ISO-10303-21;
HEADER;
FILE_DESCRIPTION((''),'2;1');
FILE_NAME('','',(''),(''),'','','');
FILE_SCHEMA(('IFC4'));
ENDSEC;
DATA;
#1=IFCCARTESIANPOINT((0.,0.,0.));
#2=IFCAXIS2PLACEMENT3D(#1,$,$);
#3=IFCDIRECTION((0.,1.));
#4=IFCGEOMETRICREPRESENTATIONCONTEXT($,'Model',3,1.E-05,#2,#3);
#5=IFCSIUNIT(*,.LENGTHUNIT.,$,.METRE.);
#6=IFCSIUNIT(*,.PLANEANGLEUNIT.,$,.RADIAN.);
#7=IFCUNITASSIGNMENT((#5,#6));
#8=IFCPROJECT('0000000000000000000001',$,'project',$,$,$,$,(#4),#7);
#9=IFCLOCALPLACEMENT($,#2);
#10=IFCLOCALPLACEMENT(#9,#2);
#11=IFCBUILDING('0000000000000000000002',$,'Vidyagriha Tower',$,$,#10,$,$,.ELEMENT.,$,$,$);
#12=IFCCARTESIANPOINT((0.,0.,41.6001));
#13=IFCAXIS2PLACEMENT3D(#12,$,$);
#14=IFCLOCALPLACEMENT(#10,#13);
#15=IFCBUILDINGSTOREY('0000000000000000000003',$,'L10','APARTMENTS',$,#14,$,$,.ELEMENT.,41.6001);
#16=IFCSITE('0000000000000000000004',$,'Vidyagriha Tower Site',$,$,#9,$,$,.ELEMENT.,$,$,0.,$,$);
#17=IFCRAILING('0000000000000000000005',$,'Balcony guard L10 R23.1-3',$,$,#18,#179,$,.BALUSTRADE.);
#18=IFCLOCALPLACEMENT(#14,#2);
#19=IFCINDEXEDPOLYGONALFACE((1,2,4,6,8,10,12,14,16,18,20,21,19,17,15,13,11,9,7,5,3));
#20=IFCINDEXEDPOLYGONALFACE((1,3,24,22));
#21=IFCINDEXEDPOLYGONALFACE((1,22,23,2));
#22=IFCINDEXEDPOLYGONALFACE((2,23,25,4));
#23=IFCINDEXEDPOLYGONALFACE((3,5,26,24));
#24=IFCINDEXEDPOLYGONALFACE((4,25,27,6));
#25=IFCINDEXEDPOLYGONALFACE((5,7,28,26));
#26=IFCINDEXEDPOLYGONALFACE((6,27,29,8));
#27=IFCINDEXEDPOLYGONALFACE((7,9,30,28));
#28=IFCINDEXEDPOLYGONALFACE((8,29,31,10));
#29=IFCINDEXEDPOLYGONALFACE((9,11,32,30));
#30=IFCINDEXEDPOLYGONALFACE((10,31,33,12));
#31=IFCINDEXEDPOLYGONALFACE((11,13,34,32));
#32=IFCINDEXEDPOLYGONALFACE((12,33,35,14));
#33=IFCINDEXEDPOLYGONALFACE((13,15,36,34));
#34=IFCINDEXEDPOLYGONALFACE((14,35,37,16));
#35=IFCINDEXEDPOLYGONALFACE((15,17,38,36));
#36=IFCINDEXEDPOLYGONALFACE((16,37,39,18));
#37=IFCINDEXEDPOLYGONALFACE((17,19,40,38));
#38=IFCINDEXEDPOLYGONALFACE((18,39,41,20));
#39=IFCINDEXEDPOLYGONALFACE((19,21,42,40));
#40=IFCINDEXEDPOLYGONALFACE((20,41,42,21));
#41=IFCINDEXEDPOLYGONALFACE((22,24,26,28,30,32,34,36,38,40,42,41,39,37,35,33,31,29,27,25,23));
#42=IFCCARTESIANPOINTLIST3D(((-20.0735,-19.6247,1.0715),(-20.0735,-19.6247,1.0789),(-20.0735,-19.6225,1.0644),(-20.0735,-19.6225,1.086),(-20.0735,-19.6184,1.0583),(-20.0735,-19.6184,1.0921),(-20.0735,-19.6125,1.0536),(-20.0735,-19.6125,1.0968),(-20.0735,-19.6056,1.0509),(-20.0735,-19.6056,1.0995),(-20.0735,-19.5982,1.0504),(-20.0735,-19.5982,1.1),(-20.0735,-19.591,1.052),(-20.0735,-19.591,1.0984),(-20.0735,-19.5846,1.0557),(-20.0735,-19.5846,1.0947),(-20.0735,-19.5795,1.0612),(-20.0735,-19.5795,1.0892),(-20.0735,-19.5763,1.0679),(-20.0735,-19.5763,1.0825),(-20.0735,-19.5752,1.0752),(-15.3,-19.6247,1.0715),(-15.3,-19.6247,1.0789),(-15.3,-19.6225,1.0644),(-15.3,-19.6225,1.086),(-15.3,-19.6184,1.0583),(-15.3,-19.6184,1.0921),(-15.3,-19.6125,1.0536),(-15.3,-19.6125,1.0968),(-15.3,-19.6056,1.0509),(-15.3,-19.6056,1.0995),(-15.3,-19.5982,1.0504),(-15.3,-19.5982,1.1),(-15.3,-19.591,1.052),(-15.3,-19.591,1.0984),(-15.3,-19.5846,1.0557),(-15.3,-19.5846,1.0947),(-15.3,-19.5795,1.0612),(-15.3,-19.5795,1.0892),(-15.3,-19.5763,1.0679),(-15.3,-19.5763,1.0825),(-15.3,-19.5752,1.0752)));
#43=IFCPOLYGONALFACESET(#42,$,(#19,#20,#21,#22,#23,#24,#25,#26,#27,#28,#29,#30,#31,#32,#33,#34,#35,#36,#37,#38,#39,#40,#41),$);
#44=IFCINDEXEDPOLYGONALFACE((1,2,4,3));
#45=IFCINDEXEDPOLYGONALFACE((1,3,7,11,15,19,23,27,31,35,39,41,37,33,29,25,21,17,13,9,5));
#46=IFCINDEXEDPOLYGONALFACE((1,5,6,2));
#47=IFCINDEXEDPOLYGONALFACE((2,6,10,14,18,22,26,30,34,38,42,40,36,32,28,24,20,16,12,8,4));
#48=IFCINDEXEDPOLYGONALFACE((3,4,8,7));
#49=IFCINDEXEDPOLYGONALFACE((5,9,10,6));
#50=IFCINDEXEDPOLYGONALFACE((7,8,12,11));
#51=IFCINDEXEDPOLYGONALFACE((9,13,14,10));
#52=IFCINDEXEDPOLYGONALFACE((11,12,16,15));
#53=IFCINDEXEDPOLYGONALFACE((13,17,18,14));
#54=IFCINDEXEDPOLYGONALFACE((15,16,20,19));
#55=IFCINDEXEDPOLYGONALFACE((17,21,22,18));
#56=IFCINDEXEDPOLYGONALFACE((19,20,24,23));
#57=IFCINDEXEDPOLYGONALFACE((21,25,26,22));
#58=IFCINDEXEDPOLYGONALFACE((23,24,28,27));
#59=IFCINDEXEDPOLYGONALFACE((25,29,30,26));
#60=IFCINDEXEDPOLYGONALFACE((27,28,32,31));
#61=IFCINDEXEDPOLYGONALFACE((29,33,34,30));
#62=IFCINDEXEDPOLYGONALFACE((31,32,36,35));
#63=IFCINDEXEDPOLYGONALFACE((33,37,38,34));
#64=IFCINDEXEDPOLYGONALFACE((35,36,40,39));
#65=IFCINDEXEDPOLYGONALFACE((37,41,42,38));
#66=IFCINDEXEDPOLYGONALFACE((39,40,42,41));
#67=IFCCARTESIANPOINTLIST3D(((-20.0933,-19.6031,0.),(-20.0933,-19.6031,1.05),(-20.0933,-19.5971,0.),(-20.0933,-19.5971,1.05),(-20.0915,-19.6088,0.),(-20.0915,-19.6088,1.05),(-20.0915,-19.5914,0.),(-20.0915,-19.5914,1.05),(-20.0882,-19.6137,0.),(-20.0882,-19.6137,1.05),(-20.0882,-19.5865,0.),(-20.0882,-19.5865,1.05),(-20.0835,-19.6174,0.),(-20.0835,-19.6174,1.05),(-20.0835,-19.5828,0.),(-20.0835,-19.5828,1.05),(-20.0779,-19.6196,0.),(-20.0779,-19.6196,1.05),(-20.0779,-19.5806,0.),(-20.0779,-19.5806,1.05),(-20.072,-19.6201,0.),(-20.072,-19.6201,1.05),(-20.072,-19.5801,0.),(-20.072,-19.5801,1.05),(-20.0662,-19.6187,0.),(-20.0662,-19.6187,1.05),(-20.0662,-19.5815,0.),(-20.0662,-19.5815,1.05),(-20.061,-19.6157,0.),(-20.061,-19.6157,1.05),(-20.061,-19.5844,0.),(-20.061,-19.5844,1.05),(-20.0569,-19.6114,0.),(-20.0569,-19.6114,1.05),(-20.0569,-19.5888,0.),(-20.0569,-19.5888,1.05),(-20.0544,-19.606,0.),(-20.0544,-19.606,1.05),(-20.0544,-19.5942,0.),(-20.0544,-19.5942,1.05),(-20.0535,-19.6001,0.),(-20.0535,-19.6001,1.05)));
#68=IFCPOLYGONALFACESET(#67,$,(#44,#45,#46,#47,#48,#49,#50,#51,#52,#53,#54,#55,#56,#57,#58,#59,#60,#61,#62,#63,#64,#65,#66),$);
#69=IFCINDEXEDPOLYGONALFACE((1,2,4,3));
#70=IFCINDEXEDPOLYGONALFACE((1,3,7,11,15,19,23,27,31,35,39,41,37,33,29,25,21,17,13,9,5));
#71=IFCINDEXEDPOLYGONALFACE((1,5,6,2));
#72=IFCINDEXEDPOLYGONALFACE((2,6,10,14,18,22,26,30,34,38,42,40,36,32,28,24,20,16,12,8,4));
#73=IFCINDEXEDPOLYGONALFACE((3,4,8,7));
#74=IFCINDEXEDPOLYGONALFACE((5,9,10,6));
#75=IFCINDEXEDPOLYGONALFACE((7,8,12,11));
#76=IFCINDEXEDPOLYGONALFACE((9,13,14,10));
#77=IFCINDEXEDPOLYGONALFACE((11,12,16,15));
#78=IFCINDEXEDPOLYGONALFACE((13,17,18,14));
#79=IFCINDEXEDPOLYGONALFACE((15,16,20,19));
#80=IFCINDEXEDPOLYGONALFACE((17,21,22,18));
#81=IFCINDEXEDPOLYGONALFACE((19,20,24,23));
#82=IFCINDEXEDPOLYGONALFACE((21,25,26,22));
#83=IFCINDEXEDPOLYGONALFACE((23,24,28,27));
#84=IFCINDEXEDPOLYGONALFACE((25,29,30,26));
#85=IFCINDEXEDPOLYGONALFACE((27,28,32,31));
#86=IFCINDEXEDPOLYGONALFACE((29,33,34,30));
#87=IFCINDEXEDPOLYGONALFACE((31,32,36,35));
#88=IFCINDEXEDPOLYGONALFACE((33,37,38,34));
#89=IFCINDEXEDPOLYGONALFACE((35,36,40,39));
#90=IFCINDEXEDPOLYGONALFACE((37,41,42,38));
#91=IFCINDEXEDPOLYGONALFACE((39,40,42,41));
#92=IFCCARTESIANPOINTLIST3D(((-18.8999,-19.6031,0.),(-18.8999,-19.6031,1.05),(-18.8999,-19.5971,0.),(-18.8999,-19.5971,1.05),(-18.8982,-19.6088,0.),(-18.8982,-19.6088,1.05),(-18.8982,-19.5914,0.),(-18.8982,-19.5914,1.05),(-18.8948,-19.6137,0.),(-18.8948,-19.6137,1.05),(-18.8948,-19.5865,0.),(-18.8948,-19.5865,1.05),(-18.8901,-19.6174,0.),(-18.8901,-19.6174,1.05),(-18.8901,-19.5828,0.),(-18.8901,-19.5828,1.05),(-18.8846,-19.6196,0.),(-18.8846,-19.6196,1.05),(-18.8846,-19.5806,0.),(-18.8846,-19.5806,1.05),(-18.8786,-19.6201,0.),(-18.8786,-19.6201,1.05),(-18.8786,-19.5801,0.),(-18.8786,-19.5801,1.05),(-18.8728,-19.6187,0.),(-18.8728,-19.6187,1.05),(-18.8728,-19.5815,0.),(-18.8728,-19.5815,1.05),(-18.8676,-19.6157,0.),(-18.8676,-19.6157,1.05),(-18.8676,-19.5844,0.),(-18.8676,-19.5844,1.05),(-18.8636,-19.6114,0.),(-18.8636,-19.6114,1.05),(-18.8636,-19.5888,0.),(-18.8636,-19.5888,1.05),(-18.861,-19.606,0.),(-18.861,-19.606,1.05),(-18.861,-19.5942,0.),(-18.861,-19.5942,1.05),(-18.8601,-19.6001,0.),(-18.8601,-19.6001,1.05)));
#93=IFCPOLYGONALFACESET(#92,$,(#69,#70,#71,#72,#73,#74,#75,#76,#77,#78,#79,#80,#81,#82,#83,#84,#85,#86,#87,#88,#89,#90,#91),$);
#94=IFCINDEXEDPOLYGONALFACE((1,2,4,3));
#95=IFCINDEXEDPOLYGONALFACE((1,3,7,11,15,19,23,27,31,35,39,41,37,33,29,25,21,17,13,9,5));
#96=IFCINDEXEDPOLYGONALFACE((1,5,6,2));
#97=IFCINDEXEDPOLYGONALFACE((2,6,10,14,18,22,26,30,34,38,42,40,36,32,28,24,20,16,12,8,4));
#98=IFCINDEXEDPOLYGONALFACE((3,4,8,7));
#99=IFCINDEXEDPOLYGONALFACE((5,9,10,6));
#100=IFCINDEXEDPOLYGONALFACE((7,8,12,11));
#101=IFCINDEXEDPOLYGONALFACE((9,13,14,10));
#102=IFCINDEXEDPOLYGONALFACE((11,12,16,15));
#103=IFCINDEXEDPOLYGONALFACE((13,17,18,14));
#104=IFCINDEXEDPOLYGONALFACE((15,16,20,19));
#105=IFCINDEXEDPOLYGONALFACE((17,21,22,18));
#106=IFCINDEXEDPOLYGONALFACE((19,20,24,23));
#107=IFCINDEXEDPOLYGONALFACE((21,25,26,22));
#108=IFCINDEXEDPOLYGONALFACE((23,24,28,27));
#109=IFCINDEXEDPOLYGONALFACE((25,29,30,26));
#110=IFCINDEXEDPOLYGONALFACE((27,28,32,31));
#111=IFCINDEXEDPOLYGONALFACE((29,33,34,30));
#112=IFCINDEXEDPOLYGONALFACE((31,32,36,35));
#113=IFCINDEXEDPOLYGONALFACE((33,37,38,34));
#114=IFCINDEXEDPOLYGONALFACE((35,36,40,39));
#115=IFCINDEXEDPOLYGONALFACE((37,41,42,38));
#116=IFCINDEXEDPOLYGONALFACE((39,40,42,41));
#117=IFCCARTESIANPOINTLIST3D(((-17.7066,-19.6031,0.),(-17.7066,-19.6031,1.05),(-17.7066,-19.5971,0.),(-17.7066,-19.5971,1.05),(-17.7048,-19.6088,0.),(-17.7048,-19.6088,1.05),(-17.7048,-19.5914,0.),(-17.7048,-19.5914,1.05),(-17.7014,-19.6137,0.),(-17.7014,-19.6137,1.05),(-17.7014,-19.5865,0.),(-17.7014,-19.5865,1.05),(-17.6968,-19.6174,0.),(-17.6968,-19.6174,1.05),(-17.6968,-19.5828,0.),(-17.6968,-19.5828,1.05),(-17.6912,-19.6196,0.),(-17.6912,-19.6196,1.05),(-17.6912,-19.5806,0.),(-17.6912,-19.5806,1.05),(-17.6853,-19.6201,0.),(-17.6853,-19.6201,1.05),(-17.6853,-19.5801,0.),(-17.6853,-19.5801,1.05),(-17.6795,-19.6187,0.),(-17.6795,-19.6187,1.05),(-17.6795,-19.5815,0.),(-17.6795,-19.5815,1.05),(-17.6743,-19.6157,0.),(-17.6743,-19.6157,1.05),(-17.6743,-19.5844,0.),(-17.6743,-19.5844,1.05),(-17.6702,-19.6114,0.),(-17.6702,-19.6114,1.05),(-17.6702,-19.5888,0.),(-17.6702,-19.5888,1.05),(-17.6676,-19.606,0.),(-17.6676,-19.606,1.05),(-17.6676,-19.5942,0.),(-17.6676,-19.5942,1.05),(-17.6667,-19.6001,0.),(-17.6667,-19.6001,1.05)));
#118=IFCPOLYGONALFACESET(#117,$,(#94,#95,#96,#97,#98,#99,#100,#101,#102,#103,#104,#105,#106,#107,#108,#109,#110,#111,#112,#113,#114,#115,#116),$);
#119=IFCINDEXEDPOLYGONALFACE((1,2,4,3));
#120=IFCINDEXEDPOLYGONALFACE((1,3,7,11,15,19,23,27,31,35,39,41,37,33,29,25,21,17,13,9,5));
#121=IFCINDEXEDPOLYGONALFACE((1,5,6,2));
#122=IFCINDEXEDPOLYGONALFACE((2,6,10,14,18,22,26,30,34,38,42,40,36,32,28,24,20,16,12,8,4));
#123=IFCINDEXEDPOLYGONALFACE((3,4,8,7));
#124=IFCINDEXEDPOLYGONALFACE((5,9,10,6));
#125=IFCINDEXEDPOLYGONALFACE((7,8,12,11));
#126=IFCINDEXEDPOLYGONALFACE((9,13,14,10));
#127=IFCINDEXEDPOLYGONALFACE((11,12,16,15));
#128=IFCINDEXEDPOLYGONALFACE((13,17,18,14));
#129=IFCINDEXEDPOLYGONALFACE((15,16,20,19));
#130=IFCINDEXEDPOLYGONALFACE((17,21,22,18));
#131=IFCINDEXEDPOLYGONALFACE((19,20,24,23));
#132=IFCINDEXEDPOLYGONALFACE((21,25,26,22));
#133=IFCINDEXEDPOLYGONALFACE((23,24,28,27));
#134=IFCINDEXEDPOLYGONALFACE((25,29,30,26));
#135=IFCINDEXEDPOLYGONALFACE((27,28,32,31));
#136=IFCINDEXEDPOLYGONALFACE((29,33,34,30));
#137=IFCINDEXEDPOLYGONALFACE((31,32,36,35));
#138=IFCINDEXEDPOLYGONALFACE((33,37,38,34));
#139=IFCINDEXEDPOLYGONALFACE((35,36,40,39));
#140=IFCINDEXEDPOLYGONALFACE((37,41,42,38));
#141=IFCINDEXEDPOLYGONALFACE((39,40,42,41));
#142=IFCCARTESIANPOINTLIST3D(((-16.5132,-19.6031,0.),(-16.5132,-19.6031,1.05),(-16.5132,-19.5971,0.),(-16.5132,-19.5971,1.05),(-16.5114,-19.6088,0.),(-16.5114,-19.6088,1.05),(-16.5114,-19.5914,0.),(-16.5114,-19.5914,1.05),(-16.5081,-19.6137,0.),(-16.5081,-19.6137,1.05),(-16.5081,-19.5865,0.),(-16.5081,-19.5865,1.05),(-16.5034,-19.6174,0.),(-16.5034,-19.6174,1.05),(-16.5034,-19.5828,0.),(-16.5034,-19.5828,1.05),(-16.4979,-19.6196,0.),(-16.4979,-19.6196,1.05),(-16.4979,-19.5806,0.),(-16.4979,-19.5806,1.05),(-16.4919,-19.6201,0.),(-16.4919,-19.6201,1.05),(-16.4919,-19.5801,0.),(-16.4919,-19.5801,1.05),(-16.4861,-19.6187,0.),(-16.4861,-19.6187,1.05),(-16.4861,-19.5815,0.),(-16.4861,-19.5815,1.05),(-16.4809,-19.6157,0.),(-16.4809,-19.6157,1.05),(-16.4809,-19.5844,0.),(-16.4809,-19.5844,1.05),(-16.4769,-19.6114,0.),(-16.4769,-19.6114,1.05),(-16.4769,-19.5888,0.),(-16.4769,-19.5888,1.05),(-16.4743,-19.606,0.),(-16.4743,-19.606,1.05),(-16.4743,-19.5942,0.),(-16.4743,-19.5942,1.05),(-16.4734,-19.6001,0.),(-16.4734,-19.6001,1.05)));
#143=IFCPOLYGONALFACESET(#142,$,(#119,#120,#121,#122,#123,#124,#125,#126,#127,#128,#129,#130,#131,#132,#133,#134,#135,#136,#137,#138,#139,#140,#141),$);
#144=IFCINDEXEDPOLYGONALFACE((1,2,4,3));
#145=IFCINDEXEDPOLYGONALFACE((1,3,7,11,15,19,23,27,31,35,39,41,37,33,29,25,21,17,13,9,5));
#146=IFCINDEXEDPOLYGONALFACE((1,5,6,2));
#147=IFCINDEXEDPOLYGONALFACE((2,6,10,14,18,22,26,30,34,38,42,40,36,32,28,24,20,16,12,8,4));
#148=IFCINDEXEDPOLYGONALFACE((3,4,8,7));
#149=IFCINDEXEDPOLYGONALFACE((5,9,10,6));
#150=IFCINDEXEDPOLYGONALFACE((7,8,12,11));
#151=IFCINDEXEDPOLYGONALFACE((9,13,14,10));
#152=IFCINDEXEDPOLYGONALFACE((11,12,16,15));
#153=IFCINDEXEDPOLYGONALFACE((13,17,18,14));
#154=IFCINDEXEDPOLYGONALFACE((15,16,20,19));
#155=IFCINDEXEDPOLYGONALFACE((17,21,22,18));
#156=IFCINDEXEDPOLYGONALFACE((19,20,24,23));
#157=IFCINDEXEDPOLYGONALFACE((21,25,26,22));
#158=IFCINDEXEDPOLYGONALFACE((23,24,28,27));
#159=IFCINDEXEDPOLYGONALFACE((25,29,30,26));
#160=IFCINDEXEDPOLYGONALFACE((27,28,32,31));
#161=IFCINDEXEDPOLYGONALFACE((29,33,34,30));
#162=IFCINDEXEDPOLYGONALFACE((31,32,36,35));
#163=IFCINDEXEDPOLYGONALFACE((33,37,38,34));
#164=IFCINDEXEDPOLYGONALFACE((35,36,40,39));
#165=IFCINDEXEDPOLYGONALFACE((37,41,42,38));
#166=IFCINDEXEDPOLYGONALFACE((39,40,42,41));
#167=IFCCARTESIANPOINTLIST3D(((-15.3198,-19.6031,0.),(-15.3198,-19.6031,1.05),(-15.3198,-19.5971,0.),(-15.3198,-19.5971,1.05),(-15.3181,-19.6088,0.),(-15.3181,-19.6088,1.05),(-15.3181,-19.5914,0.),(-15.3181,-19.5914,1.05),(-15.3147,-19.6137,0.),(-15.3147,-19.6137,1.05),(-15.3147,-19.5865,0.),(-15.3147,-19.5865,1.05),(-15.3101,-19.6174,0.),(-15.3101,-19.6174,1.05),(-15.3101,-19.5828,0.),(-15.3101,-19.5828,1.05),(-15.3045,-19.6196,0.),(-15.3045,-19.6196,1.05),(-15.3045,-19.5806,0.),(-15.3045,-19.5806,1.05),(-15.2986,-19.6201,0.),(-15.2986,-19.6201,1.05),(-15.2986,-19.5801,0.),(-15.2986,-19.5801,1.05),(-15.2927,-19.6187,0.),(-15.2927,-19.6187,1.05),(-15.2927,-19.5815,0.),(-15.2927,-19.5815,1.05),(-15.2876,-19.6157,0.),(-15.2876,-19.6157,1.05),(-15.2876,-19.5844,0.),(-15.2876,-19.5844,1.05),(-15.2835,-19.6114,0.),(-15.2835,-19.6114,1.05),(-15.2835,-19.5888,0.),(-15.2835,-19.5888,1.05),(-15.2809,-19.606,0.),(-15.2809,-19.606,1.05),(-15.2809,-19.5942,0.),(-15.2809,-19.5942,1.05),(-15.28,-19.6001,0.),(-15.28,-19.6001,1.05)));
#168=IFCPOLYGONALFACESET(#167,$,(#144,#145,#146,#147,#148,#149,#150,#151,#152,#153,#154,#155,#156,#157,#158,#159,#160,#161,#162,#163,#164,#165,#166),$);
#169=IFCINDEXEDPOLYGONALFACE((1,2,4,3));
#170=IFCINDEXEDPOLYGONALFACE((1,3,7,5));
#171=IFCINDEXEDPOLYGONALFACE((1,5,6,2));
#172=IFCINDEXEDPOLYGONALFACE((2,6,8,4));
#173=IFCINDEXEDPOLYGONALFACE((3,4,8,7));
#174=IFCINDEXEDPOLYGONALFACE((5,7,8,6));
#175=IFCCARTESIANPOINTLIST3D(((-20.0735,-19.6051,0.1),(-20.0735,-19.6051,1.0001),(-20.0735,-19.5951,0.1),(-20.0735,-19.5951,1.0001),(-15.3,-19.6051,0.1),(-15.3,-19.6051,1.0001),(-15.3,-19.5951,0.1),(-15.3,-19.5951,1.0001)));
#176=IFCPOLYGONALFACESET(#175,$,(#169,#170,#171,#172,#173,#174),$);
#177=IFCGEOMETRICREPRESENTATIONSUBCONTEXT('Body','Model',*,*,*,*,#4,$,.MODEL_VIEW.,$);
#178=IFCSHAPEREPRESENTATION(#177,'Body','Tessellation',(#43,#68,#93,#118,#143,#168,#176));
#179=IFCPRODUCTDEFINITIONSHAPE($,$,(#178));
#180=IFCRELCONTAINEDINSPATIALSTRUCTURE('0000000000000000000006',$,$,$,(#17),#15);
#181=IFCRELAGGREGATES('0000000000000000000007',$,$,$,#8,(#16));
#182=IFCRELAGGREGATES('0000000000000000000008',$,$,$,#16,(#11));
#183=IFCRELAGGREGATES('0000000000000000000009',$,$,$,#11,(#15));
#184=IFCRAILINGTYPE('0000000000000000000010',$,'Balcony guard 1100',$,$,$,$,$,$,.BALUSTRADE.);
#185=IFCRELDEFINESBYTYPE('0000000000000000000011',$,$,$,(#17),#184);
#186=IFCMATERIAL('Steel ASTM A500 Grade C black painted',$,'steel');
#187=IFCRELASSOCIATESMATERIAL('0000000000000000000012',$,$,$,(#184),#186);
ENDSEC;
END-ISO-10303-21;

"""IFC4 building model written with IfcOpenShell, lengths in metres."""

from ifc_helpers import new_model, si_unit, direction, frame, origin, origin_2d, place, context, subcontext, project, spatial, rectangle, circle, extrude, material, type_object, element, save


model = new_model("IFC4")

# Units and contexts
model_context = context("Model", 3, precision=1e-05, world=origin(), true_north=direction((0.0, 1.0)))
body_context = subcontext(model_context, "Body", "Model", "MODEL_VIEW")
ifc_project = project(units=[si_unit("LENGTHUNIT", "METRE"), si_unit("PLANEANGLEUNIT", "RADIAN")], contexts=[model_context])

# Site, building, storey
site_placement = place(None, origin())
site = spatial("IfcSite", under=ifc_project, at=site_placement, Name="Vidyagriha Tower Site", CompositionType="ELEMENT", RefElevation=0.0)
building_placement = place(site_placement, origin())
building = spatial("IfcBuilding", under=site, at=building_placement, Name="Vidyagriha Tower", CompositionType="ELEMENT")
storey_placement = place(building_placement, frame((0.0, 0.0, 41.6001)))
storey = spatial("IfcBuildingStorey", under=building, at=storey_placement, Name="L10", Description="APARTMENTS", CompositionType="ELEMENT", Elevation=41.6001)

# Railing
ifc_material_1 = material(Name="Steel ASTM A500 Grade C black painted", Category="steel")
railing_type = type_object("IfcRailingType", Name="Balcony guard 1100", PredefinedType="BALUSTRADE", material=ifc_material_1)
railing_1_placement = place(storey_placement, frame((-20.0735, -19.6001, 0.0)))
element("IfcRailing", 1, at=railing_1_placement, inside=storey, type_object=railing_type, Name="Balcony guard L10 R23.1-3", PredefinedType="BALUSTRADE", context=body_context, shape_type="SweptSolid", body=[
    extrude(circle(Radius=0.0249, at=origin_2d()), frame((0.0, 0.0, 1.0752), z_axis=(1.0, 0.0, 0.0), x_axis=(0.0, 1.0, 0.0)), (0.0, 0.0, 1.0), 4.7734),
    extrude(circle(Radius=0.02, at=origin_2d()), origin(), (0.0, 0.0, 1.0), 1.05),
    extrude(circle(Radius=0.02, at=origin_2d()), frame((1.1934, 0.0, 0.0)), (0.0, 0.0, 1.0), 1.05),
    extrude(circle(Radius=0.02, at=origin_2d()), frame((2.3867, 0.0, 0.0)), (0.0, 0.0, 1.0), 1.05),
    extrude(circle(Radius=0.02, at=origin_2d()), frame((3.5801, 0.0, 0.0)), (0.0, 0.0, 1.0), 1.05),
    extrude(circle(Radius=0.02, at=origin_2d()), frame((4.7734, 0.0, 0.0)), (0.0, 0.0, 1.0), 1.05),
    extrude(rectangle(XDim=0.01, YDim=0.9001, at=origin_2d()), frame((0.0, 0.0, 0.55), z_axis=(1.0, 0.0, 0.0), x_axis=(0.0, 1.0, 0.0)), (0.0, 0.0, 1.0), 4.7734),
])

save(model, "model.ifc")
